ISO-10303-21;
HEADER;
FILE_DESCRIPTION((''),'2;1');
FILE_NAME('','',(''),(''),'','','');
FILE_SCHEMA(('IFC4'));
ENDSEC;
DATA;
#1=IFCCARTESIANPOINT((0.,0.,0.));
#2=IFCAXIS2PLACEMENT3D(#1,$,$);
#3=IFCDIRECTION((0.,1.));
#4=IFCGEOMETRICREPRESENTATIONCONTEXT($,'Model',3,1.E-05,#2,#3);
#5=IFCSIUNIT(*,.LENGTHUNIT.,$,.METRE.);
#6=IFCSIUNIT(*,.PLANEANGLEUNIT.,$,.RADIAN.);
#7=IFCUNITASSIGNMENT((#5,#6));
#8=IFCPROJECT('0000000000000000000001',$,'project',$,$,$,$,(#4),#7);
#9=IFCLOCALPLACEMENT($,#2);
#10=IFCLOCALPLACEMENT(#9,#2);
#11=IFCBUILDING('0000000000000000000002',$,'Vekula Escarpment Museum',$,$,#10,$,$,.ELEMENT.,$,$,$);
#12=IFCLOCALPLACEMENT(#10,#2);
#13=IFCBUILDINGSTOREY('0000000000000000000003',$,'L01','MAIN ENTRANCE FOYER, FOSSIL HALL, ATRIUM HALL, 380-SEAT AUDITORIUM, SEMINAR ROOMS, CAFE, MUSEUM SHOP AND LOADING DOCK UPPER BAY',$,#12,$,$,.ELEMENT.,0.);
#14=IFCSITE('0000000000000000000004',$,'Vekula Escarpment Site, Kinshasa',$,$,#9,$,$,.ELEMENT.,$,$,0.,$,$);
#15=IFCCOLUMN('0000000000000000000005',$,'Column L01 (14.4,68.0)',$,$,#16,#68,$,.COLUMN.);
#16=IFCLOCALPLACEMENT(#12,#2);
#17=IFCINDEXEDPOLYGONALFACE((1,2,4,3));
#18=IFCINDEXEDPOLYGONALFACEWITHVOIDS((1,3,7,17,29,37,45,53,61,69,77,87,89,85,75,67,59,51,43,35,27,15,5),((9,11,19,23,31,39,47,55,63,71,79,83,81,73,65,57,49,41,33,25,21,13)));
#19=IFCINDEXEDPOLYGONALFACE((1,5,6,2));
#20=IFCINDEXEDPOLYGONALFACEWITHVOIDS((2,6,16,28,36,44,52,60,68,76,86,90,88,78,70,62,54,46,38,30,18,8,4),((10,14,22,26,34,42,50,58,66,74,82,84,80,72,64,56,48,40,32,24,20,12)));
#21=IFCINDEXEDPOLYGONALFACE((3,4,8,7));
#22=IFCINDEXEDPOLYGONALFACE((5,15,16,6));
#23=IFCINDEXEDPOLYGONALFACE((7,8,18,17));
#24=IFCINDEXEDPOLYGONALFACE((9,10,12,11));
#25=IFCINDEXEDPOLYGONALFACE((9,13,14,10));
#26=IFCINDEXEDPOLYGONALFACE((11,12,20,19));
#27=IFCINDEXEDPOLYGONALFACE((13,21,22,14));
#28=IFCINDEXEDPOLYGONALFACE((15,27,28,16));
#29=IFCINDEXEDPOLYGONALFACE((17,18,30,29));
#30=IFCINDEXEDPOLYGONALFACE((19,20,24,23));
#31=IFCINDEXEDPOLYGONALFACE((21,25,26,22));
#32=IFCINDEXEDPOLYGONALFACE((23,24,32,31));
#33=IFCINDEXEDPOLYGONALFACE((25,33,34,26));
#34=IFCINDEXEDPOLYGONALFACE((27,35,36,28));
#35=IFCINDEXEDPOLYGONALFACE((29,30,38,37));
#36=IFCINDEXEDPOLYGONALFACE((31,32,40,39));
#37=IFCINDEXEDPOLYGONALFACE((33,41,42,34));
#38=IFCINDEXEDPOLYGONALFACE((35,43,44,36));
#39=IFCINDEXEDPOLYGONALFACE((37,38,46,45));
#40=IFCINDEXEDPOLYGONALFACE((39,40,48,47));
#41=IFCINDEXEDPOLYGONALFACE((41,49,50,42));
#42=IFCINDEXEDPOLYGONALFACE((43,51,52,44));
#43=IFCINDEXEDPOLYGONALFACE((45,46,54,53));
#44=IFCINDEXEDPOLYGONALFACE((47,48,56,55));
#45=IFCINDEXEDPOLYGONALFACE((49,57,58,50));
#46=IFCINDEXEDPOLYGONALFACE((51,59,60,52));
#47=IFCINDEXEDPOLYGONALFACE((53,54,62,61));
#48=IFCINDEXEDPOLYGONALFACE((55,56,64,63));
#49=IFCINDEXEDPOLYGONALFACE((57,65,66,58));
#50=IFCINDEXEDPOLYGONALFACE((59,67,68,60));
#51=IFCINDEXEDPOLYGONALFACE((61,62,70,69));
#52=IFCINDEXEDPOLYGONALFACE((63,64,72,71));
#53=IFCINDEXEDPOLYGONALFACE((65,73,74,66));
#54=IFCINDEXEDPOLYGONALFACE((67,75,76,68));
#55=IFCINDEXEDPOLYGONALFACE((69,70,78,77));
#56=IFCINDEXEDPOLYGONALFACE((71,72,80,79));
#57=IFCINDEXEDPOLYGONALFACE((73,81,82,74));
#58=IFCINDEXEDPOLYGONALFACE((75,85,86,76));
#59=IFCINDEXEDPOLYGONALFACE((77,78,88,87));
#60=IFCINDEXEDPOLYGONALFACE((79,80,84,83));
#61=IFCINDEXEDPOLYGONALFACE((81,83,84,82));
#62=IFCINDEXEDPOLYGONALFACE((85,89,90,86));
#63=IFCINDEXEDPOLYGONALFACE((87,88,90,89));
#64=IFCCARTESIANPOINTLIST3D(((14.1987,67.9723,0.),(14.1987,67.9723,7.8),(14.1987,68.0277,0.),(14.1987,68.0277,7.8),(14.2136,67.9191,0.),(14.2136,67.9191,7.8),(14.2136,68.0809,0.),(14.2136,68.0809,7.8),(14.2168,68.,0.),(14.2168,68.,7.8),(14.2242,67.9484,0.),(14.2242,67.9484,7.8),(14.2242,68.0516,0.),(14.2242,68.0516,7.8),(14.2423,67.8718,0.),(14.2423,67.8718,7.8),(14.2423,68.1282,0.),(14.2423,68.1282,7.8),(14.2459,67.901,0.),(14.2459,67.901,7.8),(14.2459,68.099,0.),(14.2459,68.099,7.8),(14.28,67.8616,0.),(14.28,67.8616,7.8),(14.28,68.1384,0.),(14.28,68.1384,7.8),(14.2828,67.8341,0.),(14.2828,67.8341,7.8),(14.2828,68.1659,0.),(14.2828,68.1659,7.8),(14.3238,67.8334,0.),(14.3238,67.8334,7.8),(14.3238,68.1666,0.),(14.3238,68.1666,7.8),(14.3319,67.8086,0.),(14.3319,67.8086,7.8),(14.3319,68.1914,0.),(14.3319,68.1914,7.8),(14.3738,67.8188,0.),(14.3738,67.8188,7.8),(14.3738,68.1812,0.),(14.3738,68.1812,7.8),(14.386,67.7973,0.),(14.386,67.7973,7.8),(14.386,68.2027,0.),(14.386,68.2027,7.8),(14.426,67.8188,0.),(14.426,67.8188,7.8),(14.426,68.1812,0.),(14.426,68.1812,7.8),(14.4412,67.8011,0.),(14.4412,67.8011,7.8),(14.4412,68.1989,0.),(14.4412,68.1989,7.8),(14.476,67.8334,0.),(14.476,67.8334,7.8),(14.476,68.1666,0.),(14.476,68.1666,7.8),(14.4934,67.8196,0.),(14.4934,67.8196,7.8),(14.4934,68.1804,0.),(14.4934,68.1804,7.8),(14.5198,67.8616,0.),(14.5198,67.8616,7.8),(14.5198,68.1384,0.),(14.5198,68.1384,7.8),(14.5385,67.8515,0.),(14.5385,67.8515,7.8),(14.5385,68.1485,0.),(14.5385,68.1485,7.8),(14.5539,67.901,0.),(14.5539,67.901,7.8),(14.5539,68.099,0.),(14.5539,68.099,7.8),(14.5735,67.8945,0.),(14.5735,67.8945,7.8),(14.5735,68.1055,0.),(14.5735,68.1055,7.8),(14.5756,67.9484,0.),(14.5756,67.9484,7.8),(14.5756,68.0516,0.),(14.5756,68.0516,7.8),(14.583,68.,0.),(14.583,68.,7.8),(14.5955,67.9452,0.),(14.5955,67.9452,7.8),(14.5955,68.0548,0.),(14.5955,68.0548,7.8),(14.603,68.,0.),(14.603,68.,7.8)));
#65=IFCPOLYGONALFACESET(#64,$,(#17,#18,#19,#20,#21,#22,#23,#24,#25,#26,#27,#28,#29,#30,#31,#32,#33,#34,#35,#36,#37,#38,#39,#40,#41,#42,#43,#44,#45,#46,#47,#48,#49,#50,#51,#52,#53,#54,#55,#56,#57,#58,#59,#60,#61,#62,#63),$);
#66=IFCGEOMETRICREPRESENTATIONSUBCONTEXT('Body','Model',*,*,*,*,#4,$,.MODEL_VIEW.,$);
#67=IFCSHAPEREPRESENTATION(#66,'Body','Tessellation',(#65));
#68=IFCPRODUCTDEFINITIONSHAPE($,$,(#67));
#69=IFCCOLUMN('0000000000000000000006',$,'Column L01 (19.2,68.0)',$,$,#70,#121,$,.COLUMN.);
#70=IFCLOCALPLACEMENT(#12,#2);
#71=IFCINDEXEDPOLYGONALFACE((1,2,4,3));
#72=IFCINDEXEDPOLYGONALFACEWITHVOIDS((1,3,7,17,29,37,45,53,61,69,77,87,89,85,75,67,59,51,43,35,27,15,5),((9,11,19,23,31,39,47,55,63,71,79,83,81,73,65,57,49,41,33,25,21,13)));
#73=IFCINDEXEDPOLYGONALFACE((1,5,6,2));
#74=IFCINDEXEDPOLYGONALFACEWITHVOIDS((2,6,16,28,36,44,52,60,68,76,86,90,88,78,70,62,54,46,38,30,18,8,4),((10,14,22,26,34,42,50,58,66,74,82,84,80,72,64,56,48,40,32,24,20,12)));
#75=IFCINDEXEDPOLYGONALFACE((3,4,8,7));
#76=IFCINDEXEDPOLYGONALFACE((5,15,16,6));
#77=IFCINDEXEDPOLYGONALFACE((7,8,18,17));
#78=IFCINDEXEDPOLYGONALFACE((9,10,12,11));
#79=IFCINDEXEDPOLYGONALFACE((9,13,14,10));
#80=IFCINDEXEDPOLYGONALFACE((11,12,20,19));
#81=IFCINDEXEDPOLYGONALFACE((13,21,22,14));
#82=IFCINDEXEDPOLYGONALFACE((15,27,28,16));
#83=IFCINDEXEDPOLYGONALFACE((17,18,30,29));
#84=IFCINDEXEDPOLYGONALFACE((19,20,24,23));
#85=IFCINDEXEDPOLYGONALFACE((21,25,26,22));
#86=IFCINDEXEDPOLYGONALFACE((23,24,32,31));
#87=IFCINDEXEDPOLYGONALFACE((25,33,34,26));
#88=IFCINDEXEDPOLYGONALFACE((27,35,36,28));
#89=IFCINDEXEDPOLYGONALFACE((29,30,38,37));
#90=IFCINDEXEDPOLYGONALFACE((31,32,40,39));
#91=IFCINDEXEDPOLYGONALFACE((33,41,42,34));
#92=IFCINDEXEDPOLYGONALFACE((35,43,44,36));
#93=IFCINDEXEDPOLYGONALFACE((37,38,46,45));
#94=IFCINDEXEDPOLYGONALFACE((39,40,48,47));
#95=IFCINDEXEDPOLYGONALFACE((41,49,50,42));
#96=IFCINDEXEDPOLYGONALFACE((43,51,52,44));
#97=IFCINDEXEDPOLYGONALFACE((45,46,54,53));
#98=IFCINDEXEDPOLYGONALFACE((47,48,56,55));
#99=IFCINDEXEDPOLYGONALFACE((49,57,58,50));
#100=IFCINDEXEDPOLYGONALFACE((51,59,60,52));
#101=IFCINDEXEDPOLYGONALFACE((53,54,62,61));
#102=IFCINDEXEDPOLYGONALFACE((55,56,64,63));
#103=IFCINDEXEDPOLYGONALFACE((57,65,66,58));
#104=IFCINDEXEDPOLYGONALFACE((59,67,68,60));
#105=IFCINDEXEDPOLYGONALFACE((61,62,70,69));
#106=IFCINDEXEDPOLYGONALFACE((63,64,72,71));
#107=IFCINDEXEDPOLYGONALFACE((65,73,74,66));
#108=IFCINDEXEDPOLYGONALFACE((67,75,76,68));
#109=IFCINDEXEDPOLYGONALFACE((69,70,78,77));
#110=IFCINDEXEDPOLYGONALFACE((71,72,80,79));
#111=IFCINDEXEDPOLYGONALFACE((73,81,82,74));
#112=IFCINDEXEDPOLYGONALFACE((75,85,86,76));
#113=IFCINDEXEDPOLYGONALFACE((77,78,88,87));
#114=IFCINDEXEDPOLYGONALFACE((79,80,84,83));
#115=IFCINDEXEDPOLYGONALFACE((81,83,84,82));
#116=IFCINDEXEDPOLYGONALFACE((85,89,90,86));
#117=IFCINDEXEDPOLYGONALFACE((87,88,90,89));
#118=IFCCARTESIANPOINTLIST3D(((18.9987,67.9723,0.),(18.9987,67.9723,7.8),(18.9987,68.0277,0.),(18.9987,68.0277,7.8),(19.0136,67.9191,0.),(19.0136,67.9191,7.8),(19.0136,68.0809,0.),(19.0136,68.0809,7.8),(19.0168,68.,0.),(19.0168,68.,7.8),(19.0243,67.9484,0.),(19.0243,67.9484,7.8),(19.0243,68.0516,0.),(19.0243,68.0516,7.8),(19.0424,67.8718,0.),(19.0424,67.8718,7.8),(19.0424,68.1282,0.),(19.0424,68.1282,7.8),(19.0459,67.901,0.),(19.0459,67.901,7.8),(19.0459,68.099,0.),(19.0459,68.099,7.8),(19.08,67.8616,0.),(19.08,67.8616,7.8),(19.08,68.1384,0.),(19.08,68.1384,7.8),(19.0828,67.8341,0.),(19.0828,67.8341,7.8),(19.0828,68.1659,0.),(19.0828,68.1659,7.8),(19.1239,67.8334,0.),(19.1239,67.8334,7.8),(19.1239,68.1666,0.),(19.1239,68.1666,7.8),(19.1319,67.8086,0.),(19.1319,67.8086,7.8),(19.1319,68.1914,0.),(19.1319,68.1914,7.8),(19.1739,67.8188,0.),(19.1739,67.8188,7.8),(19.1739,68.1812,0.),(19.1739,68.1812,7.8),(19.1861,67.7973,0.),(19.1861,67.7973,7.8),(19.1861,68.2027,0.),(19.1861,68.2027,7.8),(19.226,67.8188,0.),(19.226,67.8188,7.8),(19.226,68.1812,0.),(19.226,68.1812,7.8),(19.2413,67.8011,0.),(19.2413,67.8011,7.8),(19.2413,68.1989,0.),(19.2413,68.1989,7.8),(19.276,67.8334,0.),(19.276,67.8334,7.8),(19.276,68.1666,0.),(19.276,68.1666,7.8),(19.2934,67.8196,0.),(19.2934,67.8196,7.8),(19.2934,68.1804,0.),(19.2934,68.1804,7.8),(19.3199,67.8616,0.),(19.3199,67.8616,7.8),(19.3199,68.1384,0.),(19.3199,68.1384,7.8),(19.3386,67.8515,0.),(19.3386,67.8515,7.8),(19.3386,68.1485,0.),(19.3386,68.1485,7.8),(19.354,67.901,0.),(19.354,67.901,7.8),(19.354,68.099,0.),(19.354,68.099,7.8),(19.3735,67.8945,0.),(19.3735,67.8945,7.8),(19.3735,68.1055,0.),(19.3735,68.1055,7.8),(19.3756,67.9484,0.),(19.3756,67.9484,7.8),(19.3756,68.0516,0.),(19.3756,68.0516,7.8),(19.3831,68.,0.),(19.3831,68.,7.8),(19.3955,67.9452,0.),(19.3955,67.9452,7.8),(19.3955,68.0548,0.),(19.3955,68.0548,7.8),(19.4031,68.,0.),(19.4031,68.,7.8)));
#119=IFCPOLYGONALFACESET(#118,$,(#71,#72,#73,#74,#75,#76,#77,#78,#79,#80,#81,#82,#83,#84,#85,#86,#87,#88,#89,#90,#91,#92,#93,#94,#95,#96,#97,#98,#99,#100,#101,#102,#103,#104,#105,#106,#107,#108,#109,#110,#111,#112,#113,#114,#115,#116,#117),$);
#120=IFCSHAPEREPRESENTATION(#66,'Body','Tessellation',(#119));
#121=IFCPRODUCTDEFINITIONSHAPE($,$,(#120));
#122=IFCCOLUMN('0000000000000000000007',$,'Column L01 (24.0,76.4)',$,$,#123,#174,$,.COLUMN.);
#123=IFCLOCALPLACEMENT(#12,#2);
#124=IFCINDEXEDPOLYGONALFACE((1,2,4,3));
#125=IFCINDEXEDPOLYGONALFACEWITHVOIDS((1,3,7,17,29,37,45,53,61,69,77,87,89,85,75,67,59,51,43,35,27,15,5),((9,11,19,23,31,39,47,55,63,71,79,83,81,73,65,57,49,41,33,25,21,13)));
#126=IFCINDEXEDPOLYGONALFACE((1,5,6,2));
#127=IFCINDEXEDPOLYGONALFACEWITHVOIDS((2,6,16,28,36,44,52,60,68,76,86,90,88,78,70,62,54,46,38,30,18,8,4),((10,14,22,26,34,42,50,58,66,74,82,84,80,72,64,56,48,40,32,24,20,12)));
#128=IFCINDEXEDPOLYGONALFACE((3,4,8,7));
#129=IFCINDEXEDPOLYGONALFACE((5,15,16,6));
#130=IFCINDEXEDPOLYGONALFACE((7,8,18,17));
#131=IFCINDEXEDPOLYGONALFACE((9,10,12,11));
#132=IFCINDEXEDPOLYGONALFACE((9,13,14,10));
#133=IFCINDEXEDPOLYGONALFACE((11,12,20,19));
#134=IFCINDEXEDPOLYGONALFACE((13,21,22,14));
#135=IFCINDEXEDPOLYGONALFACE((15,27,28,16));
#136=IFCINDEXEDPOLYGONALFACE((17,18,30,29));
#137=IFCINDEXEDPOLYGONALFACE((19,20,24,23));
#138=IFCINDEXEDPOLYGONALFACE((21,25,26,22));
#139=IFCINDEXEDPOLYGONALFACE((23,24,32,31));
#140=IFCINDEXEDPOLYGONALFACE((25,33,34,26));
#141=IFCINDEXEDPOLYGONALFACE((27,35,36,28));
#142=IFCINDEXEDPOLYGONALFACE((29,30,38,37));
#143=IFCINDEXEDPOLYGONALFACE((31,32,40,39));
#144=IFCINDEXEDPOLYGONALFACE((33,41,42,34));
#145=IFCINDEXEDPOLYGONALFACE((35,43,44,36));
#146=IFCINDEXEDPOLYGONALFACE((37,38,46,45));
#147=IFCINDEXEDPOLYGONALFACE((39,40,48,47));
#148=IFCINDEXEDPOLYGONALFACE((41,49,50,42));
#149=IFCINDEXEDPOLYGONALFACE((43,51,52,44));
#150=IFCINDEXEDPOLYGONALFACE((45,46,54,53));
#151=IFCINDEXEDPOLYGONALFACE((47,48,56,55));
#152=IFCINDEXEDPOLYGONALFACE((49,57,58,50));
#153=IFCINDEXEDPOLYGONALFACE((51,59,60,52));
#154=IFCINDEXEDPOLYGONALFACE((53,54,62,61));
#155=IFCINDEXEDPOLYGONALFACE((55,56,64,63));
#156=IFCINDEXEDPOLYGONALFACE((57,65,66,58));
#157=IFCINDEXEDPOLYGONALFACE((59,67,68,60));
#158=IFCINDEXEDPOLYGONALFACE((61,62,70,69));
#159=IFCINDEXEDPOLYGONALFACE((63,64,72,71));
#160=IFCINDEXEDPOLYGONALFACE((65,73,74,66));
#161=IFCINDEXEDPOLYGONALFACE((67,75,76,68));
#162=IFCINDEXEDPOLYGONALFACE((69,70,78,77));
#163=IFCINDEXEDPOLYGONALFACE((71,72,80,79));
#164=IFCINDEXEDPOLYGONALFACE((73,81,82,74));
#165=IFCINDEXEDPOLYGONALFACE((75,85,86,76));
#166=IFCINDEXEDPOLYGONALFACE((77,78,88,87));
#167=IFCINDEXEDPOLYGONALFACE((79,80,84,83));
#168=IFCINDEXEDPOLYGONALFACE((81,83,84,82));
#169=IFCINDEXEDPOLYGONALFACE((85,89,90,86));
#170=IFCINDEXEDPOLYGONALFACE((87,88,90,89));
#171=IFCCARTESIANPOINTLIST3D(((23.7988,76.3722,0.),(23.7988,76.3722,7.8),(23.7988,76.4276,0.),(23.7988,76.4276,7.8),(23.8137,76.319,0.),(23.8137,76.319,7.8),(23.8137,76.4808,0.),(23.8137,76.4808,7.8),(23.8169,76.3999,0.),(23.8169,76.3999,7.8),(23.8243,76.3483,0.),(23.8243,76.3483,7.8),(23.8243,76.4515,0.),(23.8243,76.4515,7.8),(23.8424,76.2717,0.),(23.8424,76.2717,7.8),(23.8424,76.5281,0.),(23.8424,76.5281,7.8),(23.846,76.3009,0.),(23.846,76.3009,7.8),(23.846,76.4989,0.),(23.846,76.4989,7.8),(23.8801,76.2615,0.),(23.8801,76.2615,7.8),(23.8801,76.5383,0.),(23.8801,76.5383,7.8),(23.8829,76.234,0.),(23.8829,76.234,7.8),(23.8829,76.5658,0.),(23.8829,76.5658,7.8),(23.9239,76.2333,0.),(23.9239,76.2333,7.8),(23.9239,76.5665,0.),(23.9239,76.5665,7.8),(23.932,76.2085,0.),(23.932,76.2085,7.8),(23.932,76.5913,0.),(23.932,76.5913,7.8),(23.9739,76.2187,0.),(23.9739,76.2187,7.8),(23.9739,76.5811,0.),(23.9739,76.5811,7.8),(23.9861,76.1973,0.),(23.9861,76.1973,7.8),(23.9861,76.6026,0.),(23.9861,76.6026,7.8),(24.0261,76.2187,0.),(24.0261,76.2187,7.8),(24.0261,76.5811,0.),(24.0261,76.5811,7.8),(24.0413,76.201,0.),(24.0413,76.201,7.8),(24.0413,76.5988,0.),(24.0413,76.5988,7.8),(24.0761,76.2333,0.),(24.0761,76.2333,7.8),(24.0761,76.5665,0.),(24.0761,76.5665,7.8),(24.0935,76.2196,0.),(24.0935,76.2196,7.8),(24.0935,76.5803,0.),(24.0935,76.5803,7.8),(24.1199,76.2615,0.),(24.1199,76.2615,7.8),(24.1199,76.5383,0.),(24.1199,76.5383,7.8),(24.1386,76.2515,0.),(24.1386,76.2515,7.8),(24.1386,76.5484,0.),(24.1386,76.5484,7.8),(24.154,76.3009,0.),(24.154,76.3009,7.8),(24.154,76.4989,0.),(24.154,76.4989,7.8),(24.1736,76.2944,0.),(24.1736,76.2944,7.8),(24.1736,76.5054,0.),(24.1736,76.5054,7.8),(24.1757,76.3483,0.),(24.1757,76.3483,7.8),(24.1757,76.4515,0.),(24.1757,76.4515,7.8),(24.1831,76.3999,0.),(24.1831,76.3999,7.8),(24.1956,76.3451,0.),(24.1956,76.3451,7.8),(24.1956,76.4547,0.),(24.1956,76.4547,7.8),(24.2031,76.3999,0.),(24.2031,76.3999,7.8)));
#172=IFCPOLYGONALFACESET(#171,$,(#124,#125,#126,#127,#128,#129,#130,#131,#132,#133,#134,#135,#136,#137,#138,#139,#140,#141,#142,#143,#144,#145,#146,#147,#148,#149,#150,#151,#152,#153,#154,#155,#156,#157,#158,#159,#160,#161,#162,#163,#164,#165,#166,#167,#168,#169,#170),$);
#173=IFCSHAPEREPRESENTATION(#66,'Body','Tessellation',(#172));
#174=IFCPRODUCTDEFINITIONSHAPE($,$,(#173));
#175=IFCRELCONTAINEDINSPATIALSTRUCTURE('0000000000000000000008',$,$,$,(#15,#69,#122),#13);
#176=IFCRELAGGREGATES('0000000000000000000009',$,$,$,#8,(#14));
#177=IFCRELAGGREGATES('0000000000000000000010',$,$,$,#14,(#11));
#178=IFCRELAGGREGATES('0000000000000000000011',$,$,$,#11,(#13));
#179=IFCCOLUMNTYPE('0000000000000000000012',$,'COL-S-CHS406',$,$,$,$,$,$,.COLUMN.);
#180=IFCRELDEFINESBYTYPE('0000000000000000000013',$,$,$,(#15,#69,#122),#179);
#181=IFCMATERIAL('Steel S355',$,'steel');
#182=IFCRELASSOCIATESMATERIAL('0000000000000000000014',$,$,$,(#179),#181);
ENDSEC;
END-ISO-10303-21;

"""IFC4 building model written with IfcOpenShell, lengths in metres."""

from ifc_helpers import new_model, si_unit, direction, frame, origin, origin_2d, place, context, subcontext, project, spatial, hollow_circle, extrude, material, material_profile, profile_set, type_object, element, save


model = new_model("IFC4")

# Units and contexts
model_context = context("Model", 3, precision=1e-05, world=origin(), true_north=direction((0.0, 1.0)))
body_context = subcontext(model_context, "Body", "Model", "MODEL_VIEW")
ifc_project = project(units=[si_unit("LENGTHUNIT", "METRE"), si_unit("PLANEANGLEUNIT", "RADIAN")], contexts=[model_context])

# Site, building, storey
site_placement = place(None, origin())
site = spatial("IfcSite", under=ifc_project, at=site_placement, Name="Vekula Escarpment Site, Kinshasa", CompositionType="ELEMENT", RefElevation=0.0)
building_placement = place(site_placement, origin())
building = spatial("IfcBuilding", under=site, at=building_placement, Name="Vekula Escarpment Museum", CompositionType="ELEMENT")
storey_placement = place(building_placement, origin())
storey = spatial("IfcBuildingStorey", under=building, at=storey_placement, Name="L01", Description="MAIN ENTRANCE FOYER, FOSSIL HALL, ATRIUM HALL, 380-SEAT AUDITORIUM, SEMINAR ROOMS, CAFE, MUSEUM SHOP AND LOADING DOCK UPPER BAY", CompositionType="ELEMENT", Elevation=0.0)

# Columns
ifc_material_1 = material(Name="Steel S355", Category="steel")
ifc_material_profile_1 = material_profile(ifc_material_1, hollow_circle(Radius=0.2031, WallThickness=0.02, at=origin_2d()), Name="CHS 406.4x20")
ifc_profile_set_1 = profile_set([ifc_material_profile_1], Name="Steel S355")
column_type_1 = type_object("IfcColumnType", Name="COL-S-CHS406", PredefinedType="COLUMN", material=ifc_profile_set_1)
for number, where, z_axis, x_axis, name in (
    (1, (14.3999, 68.0, 0.0), (0.0, 0.0, 1.0), (1.0, 0.0, 0.0), "Column L01 (14.4,68.0)"),
    (2, (19.2, 68.0, 0.0), (0.0, 0.0, 1.0), (1.0, 0.0, 0.0), "Column L01 (19.2,68.0)"),
    (3, (24.0, 76.3999, 0.0), (0.0, 0.0, 1.0), (1.0, 0.0, 0.0), "Column L01 (24.0,76.4)"),
):
    element("IfcColumn", number, at=place(storey_placement, frame(where, z_axis=z_axis, x_axis=x_axis)), inside=storey, type_object=column_type_1, Name=name, PredefinedType="COLUMN", context=body_context, shape_type="SweptSolid", body=[
        extrude(hollow_circle(Radius=0.2031, WallThickness=0.02, at=origin_2d()), origin(), (0.0, 0.0, 1.0), 7.8),
    ])

save(model, "model.ifc")
